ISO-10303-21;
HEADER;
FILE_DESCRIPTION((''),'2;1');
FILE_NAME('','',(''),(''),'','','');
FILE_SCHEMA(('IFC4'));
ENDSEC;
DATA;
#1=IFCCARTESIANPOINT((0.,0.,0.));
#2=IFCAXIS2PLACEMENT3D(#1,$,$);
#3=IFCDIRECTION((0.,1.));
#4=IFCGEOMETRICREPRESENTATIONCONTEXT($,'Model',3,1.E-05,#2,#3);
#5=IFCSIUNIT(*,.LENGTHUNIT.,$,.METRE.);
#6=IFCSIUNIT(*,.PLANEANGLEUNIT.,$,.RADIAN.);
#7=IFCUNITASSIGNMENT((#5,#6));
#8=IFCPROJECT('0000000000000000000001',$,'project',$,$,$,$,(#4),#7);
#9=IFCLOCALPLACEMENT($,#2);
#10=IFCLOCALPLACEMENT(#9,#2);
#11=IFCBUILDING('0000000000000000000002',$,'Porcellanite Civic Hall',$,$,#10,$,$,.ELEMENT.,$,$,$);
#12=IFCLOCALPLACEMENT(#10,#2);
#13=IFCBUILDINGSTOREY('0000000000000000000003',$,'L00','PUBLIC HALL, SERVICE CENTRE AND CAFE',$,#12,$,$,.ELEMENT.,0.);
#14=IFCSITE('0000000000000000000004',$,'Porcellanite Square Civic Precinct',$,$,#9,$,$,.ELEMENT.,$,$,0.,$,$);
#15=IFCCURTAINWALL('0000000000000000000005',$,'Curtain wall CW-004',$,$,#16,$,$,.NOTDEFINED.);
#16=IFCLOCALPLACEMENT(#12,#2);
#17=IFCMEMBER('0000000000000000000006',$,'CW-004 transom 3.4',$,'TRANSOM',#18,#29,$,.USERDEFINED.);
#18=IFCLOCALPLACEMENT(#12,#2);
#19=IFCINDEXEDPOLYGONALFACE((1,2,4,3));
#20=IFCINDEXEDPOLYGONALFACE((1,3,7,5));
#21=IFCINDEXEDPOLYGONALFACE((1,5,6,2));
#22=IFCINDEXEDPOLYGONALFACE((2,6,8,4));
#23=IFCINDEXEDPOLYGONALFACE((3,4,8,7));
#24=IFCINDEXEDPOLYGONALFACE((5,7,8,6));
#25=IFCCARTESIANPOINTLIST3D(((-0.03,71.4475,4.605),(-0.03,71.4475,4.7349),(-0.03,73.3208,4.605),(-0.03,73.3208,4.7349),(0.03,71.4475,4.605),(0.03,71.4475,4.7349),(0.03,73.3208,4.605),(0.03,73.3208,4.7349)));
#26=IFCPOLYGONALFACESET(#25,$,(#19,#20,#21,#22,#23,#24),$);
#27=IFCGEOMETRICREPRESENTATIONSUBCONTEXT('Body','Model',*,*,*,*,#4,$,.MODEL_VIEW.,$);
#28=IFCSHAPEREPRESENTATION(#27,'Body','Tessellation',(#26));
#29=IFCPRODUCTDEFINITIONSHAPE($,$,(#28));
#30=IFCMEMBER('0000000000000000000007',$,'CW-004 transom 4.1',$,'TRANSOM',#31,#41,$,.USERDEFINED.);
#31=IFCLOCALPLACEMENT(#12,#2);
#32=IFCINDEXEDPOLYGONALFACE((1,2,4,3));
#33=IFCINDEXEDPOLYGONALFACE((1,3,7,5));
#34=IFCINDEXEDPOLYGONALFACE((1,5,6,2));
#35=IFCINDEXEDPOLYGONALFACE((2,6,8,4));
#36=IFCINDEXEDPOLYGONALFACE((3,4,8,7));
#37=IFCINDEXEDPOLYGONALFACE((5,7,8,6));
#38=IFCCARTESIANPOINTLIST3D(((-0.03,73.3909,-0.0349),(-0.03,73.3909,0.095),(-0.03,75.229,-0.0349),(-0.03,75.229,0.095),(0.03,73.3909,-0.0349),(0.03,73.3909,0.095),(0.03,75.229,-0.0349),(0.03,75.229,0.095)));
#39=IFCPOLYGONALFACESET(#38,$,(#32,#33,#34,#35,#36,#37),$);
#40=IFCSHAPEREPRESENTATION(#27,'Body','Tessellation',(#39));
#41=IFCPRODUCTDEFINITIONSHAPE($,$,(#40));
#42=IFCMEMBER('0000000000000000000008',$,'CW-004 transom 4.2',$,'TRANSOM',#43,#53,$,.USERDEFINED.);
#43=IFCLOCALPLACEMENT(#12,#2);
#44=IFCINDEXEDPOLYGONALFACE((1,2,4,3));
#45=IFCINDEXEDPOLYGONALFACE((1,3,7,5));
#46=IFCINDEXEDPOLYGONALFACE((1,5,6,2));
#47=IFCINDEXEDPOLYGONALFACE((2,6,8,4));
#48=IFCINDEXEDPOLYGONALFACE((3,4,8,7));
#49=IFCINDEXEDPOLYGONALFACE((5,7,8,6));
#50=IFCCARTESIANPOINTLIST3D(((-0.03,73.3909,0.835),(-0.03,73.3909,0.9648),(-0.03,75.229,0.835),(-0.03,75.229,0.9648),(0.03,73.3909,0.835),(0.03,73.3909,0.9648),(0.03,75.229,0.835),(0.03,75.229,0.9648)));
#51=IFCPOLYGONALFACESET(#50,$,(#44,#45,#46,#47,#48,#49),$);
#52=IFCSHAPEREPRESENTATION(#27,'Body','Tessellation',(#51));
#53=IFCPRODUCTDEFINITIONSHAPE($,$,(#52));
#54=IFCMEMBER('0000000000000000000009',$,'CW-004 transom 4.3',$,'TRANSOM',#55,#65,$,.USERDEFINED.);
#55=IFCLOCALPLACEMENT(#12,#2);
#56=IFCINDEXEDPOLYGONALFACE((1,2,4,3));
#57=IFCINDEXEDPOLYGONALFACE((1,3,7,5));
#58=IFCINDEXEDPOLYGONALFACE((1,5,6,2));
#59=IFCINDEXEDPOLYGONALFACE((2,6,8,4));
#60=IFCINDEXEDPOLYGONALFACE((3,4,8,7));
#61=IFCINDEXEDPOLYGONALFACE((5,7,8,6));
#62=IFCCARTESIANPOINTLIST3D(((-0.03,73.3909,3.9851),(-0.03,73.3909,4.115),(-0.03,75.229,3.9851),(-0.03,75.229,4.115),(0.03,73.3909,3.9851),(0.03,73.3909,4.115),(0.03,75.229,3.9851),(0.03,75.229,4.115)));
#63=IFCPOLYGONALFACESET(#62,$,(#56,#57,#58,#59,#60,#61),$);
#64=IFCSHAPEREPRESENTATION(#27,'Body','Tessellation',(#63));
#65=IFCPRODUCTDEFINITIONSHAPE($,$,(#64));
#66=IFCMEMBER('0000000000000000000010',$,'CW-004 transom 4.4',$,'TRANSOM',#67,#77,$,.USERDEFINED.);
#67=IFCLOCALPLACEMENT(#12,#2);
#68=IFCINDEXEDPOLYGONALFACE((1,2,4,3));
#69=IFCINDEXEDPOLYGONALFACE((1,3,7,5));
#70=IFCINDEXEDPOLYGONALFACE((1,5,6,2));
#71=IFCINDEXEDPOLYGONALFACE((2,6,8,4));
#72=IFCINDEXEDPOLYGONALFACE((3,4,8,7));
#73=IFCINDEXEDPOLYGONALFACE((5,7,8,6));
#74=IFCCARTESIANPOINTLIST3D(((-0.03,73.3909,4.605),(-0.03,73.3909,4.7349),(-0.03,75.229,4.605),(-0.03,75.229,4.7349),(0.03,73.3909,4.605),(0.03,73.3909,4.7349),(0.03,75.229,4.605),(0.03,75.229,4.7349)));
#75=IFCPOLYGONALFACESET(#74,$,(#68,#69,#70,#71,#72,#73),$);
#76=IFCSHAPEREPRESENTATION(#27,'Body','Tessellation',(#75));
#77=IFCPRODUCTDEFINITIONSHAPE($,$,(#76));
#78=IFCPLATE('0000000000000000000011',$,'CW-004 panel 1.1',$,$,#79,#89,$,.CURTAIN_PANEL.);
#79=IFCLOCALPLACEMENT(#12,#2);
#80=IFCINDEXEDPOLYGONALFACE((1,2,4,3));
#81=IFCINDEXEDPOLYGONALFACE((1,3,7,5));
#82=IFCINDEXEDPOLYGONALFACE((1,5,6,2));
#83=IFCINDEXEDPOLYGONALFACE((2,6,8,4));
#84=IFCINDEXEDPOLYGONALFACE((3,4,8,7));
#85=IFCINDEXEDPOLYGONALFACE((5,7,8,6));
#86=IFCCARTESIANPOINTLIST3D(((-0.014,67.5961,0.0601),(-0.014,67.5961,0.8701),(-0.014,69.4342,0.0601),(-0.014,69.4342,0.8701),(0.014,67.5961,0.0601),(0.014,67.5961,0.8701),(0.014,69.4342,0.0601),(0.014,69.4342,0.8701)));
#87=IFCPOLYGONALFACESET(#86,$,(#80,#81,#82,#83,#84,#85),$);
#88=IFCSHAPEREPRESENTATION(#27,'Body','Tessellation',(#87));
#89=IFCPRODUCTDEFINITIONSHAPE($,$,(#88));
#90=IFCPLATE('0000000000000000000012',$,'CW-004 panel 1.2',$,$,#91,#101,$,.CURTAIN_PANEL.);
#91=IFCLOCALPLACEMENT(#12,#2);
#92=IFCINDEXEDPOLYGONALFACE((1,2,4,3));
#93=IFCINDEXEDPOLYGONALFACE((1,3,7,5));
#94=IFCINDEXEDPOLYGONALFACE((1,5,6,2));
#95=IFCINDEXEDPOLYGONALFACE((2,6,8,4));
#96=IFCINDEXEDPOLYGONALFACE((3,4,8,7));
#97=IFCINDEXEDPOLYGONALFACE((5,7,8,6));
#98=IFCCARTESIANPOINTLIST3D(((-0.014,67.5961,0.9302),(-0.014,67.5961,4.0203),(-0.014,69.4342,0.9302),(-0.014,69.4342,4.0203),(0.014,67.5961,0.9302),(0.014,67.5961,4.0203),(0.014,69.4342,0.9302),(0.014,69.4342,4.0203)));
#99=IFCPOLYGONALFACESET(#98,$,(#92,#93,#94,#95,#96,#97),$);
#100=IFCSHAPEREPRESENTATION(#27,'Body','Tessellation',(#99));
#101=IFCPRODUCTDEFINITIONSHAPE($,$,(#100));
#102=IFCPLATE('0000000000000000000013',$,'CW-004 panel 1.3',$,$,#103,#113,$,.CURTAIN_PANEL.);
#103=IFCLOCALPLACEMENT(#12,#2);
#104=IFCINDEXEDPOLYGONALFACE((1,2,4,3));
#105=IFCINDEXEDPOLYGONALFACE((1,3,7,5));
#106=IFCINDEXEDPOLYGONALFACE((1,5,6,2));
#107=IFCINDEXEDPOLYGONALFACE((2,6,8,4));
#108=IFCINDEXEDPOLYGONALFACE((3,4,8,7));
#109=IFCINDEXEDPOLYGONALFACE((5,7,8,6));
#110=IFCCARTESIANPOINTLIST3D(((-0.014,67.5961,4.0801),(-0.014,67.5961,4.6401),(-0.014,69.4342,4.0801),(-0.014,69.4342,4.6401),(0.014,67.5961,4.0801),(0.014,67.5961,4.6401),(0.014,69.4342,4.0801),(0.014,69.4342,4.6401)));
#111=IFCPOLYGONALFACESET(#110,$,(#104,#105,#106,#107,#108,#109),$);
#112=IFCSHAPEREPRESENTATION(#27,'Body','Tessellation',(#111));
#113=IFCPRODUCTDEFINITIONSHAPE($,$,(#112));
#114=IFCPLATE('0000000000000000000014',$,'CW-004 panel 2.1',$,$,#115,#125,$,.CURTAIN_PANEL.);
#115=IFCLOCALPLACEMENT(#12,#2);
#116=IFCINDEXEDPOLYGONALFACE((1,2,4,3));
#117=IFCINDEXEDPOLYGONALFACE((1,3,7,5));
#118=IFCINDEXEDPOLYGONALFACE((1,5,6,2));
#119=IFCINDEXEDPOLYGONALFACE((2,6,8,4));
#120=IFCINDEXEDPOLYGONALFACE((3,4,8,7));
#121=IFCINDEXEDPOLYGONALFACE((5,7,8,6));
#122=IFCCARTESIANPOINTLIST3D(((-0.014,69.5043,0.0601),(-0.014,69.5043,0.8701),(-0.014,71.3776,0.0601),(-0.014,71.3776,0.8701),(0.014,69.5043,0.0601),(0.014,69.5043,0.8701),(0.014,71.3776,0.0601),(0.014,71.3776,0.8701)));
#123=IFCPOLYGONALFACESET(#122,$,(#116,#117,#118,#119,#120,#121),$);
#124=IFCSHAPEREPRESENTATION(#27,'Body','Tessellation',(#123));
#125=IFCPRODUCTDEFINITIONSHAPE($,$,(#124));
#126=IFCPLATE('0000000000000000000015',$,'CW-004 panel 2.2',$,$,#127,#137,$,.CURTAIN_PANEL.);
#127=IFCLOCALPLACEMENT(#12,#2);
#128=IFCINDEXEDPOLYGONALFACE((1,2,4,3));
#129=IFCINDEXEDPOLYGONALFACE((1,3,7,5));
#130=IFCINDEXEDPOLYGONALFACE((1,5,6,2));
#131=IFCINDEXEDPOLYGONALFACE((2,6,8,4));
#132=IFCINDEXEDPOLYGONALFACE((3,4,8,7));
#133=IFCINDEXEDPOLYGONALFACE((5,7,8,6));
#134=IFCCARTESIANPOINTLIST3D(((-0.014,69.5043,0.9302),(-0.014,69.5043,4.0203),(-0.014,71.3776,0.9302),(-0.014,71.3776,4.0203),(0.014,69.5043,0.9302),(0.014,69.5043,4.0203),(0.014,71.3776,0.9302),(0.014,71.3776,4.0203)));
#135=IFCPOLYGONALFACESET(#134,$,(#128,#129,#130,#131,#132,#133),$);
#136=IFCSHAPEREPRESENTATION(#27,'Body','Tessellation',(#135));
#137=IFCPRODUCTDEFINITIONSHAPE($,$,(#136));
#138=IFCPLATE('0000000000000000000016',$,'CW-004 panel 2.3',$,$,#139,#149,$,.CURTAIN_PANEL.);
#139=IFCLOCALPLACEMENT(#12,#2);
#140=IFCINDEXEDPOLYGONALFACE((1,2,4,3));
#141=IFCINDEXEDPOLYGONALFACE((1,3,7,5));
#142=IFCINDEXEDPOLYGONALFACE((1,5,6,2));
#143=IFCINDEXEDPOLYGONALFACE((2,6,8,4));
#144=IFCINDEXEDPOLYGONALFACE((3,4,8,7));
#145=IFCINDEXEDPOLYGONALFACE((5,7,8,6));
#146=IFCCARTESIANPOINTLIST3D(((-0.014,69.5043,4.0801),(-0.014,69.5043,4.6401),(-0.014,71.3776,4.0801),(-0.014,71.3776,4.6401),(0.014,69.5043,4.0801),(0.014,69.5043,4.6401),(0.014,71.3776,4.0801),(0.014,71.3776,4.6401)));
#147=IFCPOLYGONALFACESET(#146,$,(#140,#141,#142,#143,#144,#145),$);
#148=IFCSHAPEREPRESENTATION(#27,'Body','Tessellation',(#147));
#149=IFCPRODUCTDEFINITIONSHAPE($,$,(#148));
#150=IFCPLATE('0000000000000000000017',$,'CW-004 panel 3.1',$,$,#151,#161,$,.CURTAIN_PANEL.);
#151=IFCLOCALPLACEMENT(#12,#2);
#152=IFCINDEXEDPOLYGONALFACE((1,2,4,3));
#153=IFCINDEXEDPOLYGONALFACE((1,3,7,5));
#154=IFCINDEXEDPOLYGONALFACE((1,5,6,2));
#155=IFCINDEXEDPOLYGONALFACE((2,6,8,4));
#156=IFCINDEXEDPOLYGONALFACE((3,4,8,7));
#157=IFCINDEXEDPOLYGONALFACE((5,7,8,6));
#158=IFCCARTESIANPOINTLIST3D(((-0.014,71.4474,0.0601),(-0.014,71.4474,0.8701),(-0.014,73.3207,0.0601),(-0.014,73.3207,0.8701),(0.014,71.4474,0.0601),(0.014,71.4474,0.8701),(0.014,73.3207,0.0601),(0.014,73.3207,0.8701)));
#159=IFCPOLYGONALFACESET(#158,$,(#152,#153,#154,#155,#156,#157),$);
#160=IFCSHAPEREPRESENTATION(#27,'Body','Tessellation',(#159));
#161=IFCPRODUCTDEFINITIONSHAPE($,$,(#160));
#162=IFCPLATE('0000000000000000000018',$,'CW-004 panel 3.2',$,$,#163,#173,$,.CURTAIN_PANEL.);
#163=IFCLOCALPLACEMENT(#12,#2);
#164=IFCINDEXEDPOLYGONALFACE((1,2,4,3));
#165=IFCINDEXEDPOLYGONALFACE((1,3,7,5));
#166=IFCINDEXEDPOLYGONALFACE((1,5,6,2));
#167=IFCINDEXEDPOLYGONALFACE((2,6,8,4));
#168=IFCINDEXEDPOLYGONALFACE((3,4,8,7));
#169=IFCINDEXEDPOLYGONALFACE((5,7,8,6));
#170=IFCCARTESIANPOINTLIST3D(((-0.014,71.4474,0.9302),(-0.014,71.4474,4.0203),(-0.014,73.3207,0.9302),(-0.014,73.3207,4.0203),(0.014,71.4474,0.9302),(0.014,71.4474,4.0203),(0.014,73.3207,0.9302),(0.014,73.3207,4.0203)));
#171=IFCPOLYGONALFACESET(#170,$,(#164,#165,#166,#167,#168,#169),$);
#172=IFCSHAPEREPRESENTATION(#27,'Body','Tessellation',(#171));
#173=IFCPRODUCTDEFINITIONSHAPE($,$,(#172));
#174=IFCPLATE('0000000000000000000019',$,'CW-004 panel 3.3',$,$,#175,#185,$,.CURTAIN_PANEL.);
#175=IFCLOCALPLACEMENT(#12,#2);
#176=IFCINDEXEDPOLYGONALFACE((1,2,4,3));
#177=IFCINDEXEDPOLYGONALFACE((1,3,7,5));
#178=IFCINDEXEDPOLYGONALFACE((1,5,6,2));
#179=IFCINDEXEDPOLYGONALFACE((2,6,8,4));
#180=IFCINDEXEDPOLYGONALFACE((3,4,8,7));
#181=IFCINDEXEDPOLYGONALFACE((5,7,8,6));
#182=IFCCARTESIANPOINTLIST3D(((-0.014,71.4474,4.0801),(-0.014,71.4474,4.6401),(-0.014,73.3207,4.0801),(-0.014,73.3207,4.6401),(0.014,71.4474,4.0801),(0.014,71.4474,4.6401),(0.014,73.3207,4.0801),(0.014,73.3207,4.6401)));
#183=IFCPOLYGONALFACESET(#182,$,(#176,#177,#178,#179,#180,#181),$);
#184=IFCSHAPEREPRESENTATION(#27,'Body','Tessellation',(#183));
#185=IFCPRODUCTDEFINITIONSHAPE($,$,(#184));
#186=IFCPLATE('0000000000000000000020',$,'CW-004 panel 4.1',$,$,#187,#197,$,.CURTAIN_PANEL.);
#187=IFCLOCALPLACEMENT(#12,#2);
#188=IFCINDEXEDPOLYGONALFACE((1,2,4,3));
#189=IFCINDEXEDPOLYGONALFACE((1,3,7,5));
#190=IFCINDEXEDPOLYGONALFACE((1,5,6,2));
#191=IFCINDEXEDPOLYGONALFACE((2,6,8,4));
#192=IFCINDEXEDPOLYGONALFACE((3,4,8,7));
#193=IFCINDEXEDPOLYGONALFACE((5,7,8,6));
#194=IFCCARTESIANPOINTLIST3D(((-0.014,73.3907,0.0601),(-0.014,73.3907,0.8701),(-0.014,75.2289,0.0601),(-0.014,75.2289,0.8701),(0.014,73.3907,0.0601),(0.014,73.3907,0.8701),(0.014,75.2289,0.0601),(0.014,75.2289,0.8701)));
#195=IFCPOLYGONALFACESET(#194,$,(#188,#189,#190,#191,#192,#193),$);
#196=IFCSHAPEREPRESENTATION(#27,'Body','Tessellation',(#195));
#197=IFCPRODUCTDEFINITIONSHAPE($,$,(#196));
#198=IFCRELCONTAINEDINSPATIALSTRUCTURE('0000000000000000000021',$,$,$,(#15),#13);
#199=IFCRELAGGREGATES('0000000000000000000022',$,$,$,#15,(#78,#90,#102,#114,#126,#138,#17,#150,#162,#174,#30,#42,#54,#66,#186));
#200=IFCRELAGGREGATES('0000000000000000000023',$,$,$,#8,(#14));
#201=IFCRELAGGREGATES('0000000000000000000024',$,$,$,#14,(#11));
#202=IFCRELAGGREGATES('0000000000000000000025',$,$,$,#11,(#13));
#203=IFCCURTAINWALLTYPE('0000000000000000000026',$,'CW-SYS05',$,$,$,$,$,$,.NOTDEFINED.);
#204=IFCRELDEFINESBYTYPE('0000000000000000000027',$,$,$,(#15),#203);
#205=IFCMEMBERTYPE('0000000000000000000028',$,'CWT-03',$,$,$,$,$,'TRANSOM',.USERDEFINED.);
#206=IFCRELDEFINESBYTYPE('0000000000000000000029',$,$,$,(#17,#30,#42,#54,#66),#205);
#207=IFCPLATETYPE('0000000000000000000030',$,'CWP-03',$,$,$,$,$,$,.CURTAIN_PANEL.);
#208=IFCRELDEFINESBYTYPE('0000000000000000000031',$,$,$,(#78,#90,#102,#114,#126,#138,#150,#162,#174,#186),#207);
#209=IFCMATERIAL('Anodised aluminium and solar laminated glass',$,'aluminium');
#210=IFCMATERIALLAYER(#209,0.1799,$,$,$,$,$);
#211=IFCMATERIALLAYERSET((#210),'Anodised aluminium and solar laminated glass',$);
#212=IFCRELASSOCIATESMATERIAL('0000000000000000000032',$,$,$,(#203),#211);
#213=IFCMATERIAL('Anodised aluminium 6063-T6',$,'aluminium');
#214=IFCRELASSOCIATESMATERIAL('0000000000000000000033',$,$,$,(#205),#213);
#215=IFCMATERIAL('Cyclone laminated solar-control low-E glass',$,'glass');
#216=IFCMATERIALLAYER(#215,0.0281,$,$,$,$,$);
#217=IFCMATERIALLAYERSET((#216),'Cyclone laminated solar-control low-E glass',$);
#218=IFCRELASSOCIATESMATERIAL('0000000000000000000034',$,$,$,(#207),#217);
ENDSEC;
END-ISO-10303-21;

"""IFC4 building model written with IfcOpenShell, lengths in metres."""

from ifc_helpers import new_model, si_unit, direction, frame, origin, origin_2d, place, context, subcontext, project, spatial, rectangle, extrude, material, layer, layer_set, material_profile, profile_set, type_object, element, aggregate, save


model = new_model("IFC4")

# Units and contexts
model_context = context("Model", 3, precision=1e-05, world=origin(), true_north=direction((0.0, 1.0)))
body_context = subcontext(model_context, "Body", "Model", "MODEL_VIEW")
ifc_project = project(units=[si_unit("LENGTHUNIT", "METRE"), si_unit("PLANEANGLEUNIT", "RADIAN")], contexts=[model_context])

# Site, building, storey
site_placement = place(None, origin())
site = spatial("IfcSite", under=ifc_project, at=site_placement, Name="Porcellanite Square Civic Precinct", CompositionType="ELEMENT", RefElevation=0.0)
building_placement = place(site_placement, origin())
building = spatial("IfcBuilding", under=site, at=building_placement, Name="Porcellanite Civic Hall", CompositionType="ELEMENT")
storey_placement = place(building_placement, origin())
storey = spatial("IfcBuildingStorey", under=building, at=storey_placement, Name="L00", Description="PUBLIC HALL, SERVICE CENTRE AND CAFE", CompositionType="ELEMENT", Elevation=0.0)

# Curtain wall, members, plates
ifc_material_1 = material(Name="Anodised aluminium and solar laminated glass", Category="aluminium")
ifc_layer_1 = layer(ifc_material_1, 0.1799)
ifc_layer_set_1 = layer_set([ifc_layer_1], Name="Anodised aluminium and solar laminated glass")
curtain_wall_type = type_object("IfcCurtainWallType", Name="CW-SYS05", PredefinedType="NOTDEFINED", material=ifc_layer_set_1)
curtain_wall_placement = place(storey_placement, origin())
curtain_wall = element("IfcCurtainWall", 1, at=curtain_wall_placement, inside=storey, type_object=curtain_wall_type, Name="Curtain wall CW-004", PredefinedType="NOTDEFINED")
ifc_material_2 = material(Name="Anodised aluminium 6063-T6", Category="aluminium")
ifc_material_profile_1 = material_profile(ifc_material_2, rectangle(XDim=0.0601, YDim=0.1299, at=origin_2d()), Name="AL-60x130")
ifc_profile_set_1 = profile_set([ifc_material_profile_1], Name="Anodised aluminium 6063-T6")
member_type_1 = type_object("IfcMemberType", Name="CWT-03", ElementType="TRANSOM", PredefinedType="USERDEFINED", material=ifc_profile_set_1)
member_1_placement = place(storey_placement, frame((0.0, 71.4475, 4.6699), z_axis=(0.0, 1.0, 0.0), x_axis=(-1.0, 0.0, 0.0)))
member_1 = element("IfcMember", 2, at=member_1_placement, type_object=member_type_1, Name="CW-004 transom 3.4", ObjectType="TRANSOM", PredefinedType="USERDEFINED", context=body_context, shape_type="SweptSolid", body=[
    extrude(rectangle(XDim=0.0601, YDim=0.1299, at=origin_2d()), origin(), (0.0, 0.0, 1.0), 1.8733),
])
member_2_placement = place(storey_placement, frame((0.0, 73.3909, 0.03), z_axis=(0.0, 1.0, 0.0), x_axis=(-1.0, 0.0, 0.0)))
member_2 = element("IfcMember", 3, at=member_2_placement, type_object=member_type_1, Name="CW-004 transom 4.1", ObjectType="TRANSOM", PredefinedType="USERDEFINED", context=body_context, shape_type="SweptSolid", body=[
    extrude(rectangle(XDim=0.0601, YDim=0.1299, at=origin_2d()), origin(), (0.0, 0.0, 1.0), 1.8381),
])
member_3_placement = place(storey_placement, frame((0.0, 73.3909, 0.8999), z_axis=(0.0, 1.0, 0.0), x_axis=(-1.0, 0.0, 0.0)))
member_3 = element("IfcMember", 4, at=member_3_placement, type_object=member_type_1, Name="CW-004 transom 4.2", ObjectType="TRANSOM", PredefinedType="USERDEFINED", context=body_context, shape_type="SweptSolid", body=[
    extrude(rectangle(XDim=0.0601, YDim=0.1299, at=origin_2d()), origin(), (0.0, 0.0, 1.0), 1.8381),
])
member_4_placement = place(storey_placement, frame((0.0, 73.3909, 4.05), z_axis=(0.0, 1.0, 0.0), x_axis=(-1.0, 0.0, 0.0)))
member_4 = element("IfcMember", 5, at=member_4_placement, type_object=member_type_1, Name="CW-004 transom 4.3", ObjectType="TRANSOM", PredefinedType="USERDEFINED", context=body_context, shape_type="SweptSolid", body=[
    extrude(rectangle(XDim=0.0601, YDim=0.1299, at=origin_2d()), origin(), (0.0, 0.0, 1.0), 1.8381),
])
member_5_placement = place(storey_placement, frame((0.0, 73.3909, 4.6699), z_axis=(0.0, 1.0, 0.0), x_axis=(-1.0, 0.0, 0.0)))
member_5 = element("IfcMember", 6, at=member_5_placement, type_object=member_type_1, Name="CW-004 transom 4.4", ObjectType="TRANSOM", PredefinedType="USERDEFINED", context=body_context, shape_type="SweptSolid", body=[
    extrude(rectangle(XDim=0.0601, YDim=0.1299, at=origin_2d()), origin(), (0.0, 0.0, 1.0), 1.8381),
])
ifc_material_3 = material(Name="Cyclone laminated solar-control low-E glass", Category="glass")
ifc_layer_2 = layer(ifc_material_3, 0.0281)
ifc_layer_set_2 = layer_set([ifc_layer_2], Name="Cyclone laminated solar-control low-E glass")
plate_type = type_object("IfcPlateType", Name="CWP-03", PredefinedType="CURTAIN_PANEL", material=ifc_layer_set_2)
plate_1_placement = place(storey_placement, frame((0.0, 68.5151, 0.0601), z_axis=(0.0, 0.0, 1.0), x_axis=(0.0, 1.0, 0.0)))
plate_1 = element("IfcPlate", 7, at=plate_1_placement, type_object=plate_type, Name="CW-004 panel 1.1", PredefinedType="CURTAIN_PANEL", context=body_context, shape_type="SweptSolid", body=[
    extrude(rectangle(XDim=1.8381, YDim=0.0281, at=origin_2d()), origin(), (0.0, 0.0, 1.0), 0.8101),
])
plate_2_placement = place(storey_placement, frame((0.0, 68.5151, 0.9302), z_axis=(0.0, 0.0, 1.0), x_axis=(0.0, 1.0, 0.0)))
plate_2 = element("IfcPlate", 8, at=plate_2_placement, type_object=plate_type, Name="CW-004 panel 1.2", PredefinedType="CURTAIN_PANEL", context=body_context, shape_type="SweptSolid", body=[
    extrude(rectangle(XDim=1.8381, YDim=0.0281, at=origin_2d()), origin(), (0.0, 0.0, 1.0), 3.0901),
])
plate_3_placement = place(storey_placement, frame((0.0, 68.5151, 4.0801), z_axis=(0.0, 0.0, 1.0), x_axis=(0.0, 1.0, 0.0)))
plate_3 = element("IfcPlate", 9, at=plate_3_placement, type_object=plate_type, Name="CW-004 panel 1.3", PredefinedType="CURTAIN_PANEL", context=body_context, shape_type="SweptSolid", body=[
    extrude(rectangle(XDim=1.8381, YDim=0.0281, at=origin_2d()), origin(), (0.0, 0.0, 1.0), 0.5601),
])
plate_4_placement = place(storey_placement, frame((0.0, 70.4409, 0.0601), z_axis=(0.0, 0.0, 1.0), x_axis=(0.0, 1.0, 0.0)))
plate_4 = element("IfcPlate", 10, at=plate_4_placement, type_object=plate_type, Name="CW-004 panel 2.1", PredefinedType="CURTAIN_PANEL", context=body_context, shape_type="SweptSolid", body=[
    extrude(rectangle(XDim=1.8733, YDim=0.0281, at=origin_2d()), origin(), (0.0, 0.0, 1.0), 0.8101),
])
plate_5_placement = place(storey_placement, frame((0.0, 70.4409, 0.9302), z_axis=(0.0, 0.0, 1.0), x_axis=(0.0, 1.0, 0.0)))
plate_5 = element("IfcPlate", 11, at=plate_5_placement, type_object=plate_type, Name="CW-004 panel 2.2", PredefinedType="CURTAIN_PANEL", context=body_context, shape_type="SweptSolid", body=[
    extrude(rectangle(XDim=1.8733, YDim=0.0281, at=origin_2d()), origin(), (0.0, 0.0, 1.0), 3.0901),
])
plate_6_placement = place(storey_placement, frame((0.0, 70.4409, 4.0801), z_axis=(0.0, 0.0, 1.0), x_axis=(0.0, 1.0, 0.0)))
plate_6 = element("IfcPlate", 12, at=plate_6_placement, type_object=plate_type, Name="CW-004 panel 2.3", PredefinedType="CURTAIN_PANEL", context=body_context, shape_type="SweptSolid", body=[
    extrude(rectangle(XDim=1.8733, YDim=0.0281, at=origin_2d()), origin(), (0.0, 0.0, 1.0), 0.5601),
])
plate_7_placement = place(storey_placement, frame((0.0, 72.384, 0.0601), z_axis=(0.0, 0.0, 1.0), x_axis=(0.0, 1.0, 0.0)))
plate_7 = element("IfcPlate", 13, at=plate_7_placement, type_object=plate_type, Name="CW-004 panel 3.1", PredefinedType="CURTAIN_PANEL", context=body_context, shape_type="SweptSolid", body=[
    extrude(rectangle(XDim=1.8733, YDim=0.0281, at=origin_2d()), origin(), (0.0, 0.0, 1.0), 0.8101),
])
plate_8_placement = place(storey_placement, frame((0.0, 72.384, 0.9302), z_axis=(0.0, 0.0, 1.0), x_axis=(0.0, 1.0, 0.0)))
plate_8 = element("IfcPlate", 14, at=plate_8_placement, type_object=plate_type, Name="CW-004 panel 3.2", PredefinedType="CURTAIN_PANEL", context=body_context, shape_type="SweptSolid", body=[
    extrude(rectangle(XDim=1.8733, YDim=0.0281, at=origin_2d()), origin(), (0.0, 0.0, 1.0), 3.0901),
])
plate_9_placement = place(storey_placement, frame((0.0, 72.384, 4.0801), z_axis=(0.0, 0.0, 1.0), x_axis=(0.0, 1.0, 0.0)))
plate_9 = element("IfcPlate", 15, at=plate_9_placement, type_object=plate_type, Name="CW-004 panel 3.3", PredefinedType="CURTAIN_PANEL", context=body_context, shape_type="SweptSolid", body=[
    extrude(rectangle(XDim=1.8733, YDim=0.0281, at=origin_2d()), origin(), (0.0, 0.0, 1.0), 0.5601),
])
plate_10_placement = place(storey_placement, frame((0.0, 74.3098, 0.0601), z_axis=(0.0, 0.0, 1.0), x_axis=(0.0, 1.0, 0.0)))
plate_10 = element("IfcPlate", 16, at=plate_10_placement, type_object=plate_type, Name="CW-004 panel 4.1", PredefinedType="CURTAIN_PANEL", context=body_context, shape_type="SweptSolid", body=[
    extrude(rectangle(XDim=1.8381, YDim=0.0281, at=origin_2d()), origin(), (0.0, 0.0, 1.0), 0.8101),
])
aggregate(curtain_wall, [plate_1, plate_2, plate_3, plate_4, plate_5, plate_6, member_1, plate_7, plate_8, plate_9, member_2, member_3, member_4, member_5, plate_10])

save(model, "model.ifc")
